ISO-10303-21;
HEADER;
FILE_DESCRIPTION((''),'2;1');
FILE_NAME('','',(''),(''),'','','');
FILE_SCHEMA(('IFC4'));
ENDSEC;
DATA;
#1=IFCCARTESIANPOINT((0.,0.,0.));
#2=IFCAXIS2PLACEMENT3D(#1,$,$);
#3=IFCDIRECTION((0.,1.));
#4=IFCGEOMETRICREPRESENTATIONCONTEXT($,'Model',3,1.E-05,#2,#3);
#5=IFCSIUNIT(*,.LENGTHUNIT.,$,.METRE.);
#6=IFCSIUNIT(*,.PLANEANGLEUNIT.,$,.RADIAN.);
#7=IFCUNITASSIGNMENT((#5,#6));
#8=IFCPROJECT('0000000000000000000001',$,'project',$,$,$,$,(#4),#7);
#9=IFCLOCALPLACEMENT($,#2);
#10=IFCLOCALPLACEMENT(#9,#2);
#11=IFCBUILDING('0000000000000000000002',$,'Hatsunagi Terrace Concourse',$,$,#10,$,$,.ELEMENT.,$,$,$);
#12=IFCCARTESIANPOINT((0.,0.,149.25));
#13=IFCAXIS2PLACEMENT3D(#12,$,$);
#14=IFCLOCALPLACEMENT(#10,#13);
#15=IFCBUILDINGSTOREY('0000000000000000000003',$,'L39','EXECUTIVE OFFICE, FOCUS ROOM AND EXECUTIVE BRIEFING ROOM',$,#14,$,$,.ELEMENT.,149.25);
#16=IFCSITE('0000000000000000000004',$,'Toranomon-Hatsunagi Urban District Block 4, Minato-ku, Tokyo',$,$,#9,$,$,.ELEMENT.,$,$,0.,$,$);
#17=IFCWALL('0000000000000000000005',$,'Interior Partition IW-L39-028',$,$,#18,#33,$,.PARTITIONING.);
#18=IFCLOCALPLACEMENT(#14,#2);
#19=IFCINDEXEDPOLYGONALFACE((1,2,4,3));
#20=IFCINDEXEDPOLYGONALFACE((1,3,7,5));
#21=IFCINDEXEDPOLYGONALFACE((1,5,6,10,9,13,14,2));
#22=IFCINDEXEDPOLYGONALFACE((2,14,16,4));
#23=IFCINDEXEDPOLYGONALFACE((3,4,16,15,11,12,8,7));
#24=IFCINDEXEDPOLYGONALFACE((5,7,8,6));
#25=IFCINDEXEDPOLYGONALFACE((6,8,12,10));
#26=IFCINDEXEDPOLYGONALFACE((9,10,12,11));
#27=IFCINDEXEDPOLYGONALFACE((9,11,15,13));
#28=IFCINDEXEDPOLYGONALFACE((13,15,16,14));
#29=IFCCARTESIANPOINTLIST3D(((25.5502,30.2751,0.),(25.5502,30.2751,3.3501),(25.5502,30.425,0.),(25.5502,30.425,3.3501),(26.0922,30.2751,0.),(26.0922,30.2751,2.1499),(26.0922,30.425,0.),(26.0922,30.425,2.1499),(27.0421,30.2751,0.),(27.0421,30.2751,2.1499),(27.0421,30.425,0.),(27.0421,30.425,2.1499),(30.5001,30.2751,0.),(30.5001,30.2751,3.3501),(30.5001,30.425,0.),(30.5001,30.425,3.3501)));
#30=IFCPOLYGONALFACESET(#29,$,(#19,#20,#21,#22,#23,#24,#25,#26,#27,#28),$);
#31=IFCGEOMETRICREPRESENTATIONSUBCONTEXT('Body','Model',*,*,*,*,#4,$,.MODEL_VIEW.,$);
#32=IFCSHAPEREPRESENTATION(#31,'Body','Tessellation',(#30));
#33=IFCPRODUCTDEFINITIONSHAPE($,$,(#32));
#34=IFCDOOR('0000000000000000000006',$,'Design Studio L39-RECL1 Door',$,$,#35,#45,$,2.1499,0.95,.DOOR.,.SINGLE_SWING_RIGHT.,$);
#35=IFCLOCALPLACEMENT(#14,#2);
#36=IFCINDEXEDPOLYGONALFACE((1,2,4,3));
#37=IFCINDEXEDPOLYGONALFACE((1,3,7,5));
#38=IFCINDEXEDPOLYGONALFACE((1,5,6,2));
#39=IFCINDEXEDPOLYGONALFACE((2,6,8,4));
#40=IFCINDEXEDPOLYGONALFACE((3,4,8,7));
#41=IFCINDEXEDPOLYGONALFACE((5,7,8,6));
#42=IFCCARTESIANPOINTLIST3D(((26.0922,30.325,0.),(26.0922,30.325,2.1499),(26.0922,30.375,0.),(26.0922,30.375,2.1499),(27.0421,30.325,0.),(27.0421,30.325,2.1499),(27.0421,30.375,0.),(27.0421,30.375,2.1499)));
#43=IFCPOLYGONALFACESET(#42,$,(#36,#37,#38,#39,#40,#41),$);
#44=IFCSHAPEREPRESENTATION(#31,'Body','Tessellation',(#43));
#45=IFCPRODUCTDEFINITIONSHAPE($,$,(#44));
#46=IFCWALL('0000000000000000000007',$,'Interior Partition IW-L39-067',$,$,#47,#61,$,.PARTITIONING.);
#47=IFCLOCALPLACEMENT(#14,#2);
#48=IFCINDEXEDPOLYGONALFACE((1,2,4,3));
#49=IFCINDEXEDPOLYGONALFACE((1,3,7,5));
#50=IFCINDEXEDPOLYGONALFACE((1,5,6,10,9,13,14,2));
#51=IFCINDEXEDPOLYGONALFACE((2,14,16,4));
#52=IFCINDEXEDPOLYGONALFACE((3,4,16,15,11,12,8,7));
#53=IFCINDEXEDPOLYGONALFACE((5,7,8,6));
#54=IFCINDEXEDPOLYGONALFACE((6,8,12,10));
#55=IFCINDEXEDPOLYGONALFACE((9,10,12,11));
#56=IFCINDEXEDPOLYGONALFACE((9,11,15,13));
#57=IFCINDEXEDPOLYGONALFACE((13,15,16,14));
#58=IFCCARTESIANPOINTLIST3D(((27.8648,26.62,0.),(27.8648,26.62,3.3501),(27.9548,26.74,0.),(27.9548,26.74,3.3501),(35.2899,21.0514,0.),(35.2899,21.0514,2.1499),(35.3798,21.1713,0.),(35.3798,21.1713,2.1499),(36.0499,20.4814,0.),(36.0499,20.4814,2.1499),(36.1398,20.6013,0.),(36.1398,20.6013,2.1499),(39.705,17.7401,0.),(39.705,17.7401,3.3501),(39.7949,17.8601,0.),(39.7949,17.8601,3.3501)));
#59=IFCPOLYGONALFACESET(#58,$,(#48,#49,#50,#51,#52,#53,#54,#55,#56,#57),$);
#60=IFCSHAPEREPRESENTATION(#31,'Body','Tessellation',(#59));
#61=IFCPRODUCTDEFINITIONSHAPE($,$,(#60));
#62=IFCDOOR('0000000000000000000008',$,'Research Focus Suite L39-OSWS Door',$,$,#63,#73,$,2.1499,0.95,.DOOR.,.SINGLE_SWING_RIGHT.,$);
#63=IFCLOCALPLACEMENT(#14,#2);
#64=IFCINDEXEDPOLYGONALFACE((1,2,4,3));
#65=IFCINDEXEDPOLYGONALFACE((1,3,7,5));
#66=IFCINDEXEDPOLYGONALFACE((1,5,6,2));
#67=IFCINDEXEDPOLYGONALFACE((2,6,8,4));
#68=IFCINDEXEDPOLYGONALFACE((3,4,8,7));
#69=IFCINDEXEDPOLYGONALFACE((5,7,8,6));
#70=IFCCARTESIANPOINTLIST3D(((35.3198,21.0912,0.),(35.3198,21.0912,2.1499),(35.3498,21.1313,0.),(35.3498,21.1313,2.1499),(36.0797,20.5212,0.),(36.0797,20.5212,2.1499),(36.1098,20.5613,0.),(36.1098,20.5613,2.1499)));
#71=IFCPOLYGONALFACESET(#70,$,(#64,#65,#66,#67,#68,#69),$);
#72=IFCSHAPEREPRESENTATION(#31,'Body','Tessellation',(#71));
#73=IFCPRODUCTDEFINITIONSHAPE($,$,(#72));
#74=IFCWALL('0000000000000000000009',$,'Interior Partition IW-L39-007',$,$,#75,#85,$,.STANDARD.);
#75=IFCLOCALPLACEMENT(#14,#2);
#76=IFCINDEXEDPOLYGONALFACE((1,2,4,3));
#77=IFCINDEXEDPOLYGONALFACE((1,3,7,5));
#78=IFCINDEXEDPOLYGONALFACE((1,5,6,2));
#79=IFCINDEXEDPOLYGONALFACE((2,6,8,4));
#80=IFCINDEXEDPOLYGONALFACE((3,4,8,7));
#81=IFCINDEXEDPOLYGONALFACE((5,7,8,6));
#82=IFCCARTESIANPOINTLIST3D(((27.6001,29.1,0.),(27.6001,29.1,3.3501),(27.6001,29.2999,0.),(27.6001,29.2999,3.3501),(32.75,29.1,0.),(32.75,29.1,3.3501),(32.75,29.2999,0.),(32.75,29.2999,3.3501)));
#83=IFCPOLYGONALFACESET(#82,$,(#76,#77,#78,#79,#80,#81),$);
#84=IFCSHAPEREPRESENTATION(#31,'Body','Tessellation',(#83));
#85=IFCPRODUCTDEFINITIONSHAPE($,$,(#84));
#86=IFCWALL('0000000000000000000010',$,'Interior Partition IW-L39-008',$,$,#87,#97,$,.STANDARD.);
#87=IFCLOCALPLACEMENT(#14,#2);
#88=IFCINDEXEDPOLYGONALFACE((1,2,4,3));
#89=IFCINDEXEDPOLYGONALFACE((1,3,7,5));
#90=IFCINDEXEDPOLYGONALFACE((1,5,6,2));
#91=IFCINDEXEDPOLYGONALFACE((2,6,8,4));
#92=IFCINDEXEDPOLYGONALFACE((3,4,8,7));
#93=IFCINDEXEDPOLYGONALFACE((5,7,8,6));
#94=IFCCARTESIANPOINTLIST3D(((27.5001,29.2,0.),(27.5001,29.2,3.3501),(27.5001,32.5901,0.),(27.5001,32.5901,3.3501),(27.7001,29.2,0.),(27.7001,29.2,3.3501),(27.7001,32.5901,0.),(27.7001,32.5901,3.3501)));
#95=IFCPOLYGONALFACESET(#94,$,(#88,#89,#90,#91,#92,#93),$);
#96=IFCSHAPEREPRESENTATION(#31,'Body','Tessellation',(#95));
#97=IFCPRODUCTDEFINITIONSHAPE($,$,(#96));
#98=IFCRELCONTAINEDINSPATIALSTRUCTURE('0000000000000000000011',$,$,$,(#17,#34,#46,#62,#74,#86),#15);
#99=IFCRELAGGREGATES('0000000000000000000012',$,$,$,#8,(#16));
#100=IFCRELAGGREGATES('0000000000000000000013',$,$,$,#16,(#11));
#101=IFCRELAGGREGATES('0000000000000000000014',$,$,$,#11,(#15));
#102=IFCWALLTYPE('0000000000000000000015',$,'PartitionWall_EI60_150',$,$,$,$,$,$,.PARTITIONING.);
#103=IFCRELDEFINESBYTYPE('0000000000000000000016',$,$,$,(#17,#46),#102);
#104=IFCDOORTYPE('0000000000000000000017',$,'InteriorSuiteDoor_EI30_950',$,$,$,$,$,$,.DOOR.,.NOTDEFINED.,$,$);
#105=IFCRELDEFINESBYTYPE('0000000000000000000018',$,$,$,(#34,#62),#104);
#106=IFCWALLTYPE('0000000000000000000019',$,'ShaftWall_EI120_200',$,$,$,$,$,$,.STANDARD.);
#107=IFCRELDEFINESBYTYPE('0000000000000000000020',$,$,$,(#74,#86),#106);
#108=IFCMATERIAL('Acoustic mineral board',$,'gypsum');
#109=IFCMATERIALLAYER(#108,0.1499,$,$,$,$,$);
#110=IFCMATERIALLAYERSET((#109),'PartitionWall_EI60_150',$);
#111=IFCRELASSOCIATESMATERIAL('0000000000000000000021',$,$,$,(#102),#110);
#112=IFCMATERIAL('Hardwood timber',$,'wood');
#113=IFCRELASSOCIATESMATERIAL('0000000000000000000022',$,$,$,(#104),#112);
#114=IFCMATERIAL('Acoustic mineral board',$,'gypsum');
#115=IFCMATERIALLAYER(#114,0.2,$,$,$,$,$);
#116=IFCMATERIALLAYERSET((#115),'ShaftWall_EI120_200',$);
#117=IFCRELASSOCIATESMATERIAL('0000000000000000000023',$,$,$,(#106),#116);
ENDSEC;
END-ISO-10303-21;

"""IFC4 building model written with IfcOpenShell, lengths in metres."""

from ifc_helpers import new_model, si_unit, direction, frame, frame_2d, origin, place, context, subcontext, project, spatial, rectangle, extrude, material, layer, layer_set, type_object, element, fill, save


model = new_model("IFC4")

# Units and contexts
model_context = context("Model", 3, precision=1e-05, world=origin(), true_north=direction((0.0, 1.0)))
body_context = subcontext(model_context, "Body", "Model", "MODEL_VIEW")
ifc_project = project(units=[si_unit("LENGTHUNIT", "METRE"), si_unit("PLANEANGLEUNIT", "RADIAN")], contexts=[model_context])

# Site, building, storey
site_placement = place(None, origin())
site = spatial("IfcSite", under=ifc_project, at=site_placement, Name="Toranomon-Hatsunagi Urban District Block 4, Minato-ku, Tokyo", CompositionType="ELEMENT", RefElevation=0.0)
building_placement = place(site_placement, origin())
building = spatial("IfcBuilding", under=site, at=building_placement, Name="Hatsunagi Terrace Concourse", CompositionType="ELEMENT")
storey_placement = place(building_placement, frame((0.0, 0.0, 149.25)))
storey = spatial("IfcBuildingStorey", under=building, at=storey_placement, Name="L39", Description="EXECUTIVE OFFICE, FOCUS ROOM AND EXECUTIVE BRIEFING ROOM", CompositionType="ELEMENT", Elevation=149.25)

# Walls, openings, doors
ifc_material_1 = material(Name="Acoustic mineral board", Category="gypsum")
ifc_layer_1 = layer(ifc_material_1, 0.1499)
ifc_layer_set_1 = layer_set([ifc_layer_1], Name="PartitionWall_EI60_150")
wall_type_1 = type_object("IfcWallType", Name="PartitionWall_EI60_150", PredefinedType="PARTITIONING", material=ifc_layer_set_1)
wall_1_placement = place(storey_placement, frame((25.55, 30.3501, 0.0), z_axis=(0.0, 0.0, 1.0), x_axis=(1.0, 0.0, 0.0)))
wall_1 = element("IfcWall", 1, at=wall_1_placement, inside=storey, type_object=wall_type_1, Name="Interior Partition IW-L39-028", PredefinedType="PARTITIONING", context=body_context, shape_type="SweptSolid", body=[
    extrude(rectangle(XDim=4.95, YDim=0.1499, at=frame_2d((2.4751, 0.0))), origin(), (0.0, 0.0, 1.0), 3.3501),
])
opening_1_placement = place(wall_1_placement, frame((0.542, 0.0, 0.0)))
opening_1 = element("IfcOpeningElement", 2, at=opening_1_placement, cuts=wall_1, PredefinedType="OPENING", context=body_context, shape_type="SweptSolid", body=[
    extrude(rectangle(XDim=0.95, YDim=2.1499, at=frame_2d((0.4751, 1.075))), frame((0.0, 0.085, 0.0), z_axis=(0.0, -1.0, 0.0), x_axis=(1.0, 0.0, 0.0)), (0.0, 0.0, 1.0), 0.1699),
])
ifc_material_2 = material(Name="Hardwood timber", Category="wood")
door_type_1 = type_object("IfcDoorType", Name="InteriorSuiteDoor_EI30_950", OperationType="NOTDEFINED", PredefinedType="DOOR", material=ifc_material_2)
door_1_placement = place(opening_1_placement, origin())
door_1 = element("IfcDoor", 3, at=door_1_placement, inside=storey, type_object=door_type_1, Name="Design Studio L39-RECL1 Door", OperationType="SINGLE_SWING_RIGHT", OverallHeight=2.1499, OverallWidth=0.95, PredefinedType="DOOR", context=body_context, shape_type="SweptSolid", body=[
    extrude(rectangle(XDim=0.95, YDim=2.1499, at=frame_2d((0.4751, 1.075))), frame((0.0, 0.0249, 0.0), z_axis=(0.0, -1.0, 0.0), x_axis=(1.0, 0.0, 0.0)), (0.0, 0.0, 1.0), 0.05),
])
fill(opening_1, door_1)
wall_2_placement = place(storey_placement, frame((27.9099, 26.6799, 0.0), z_axis=(0.0, 0.0, 1.0), x_axis=(0.800006, -0.599992, 0.0)))
wall_2 = element("IfcWall", 4, at=wall_2_placement, inside=storey, type_object=wall_type_1, Name="Interior Partition IW-L39-067", PredefinedType="PARTITIONING", context=body_context, shape_type="SweptSolid", body=[
    extrude(rectangle(XDim=14.8, YDim=0.1499, at=frame_2d((7.3999, 0.0))), origin(), (0.0, 0.0, 1.0), 3.3501),
])
opening_2_placement = place(wall_2_placement, frame((9.281, 0.0, 0.0)))
opening_2 = element("IfcOpeningElement", 5, at=opening_2_placement, cuts=wall_2, PredefinedType="OPENING", context=body_context, shape_type="SweptSolid", body=[
    extrude(rectangle(XDim=0.95, YDim=2.1499, at=frame_2d((0.4751, 1.075))), frame((0.0, 0.085, 0.0), z_axis=(0.0, -1.0, 0.0), x_axis=(1.0, 0.0, 0.0)), (0.0, 0.0, 1.0), 0.1699),
])
door_2_placement = place(opening_2_placement, origin())
door_2 = element("IfcDoor", 6, at=door_2_placement, inside=storey, type_object=door_type_1, Name="Research Focus Suite L39-OSWS Door", OperationType="SINGLE_SWING_RIGHT", OverallHeight=2.1499, OverallWidth=0.95, PredefinedType="DOOR", context=body_context, shape_type="SweptSolid", body=[
    extrude(rectangle(XDim=0.95, YDim=2.1499, at=frame_2d((0.4751, 1.075))), frame((0.0, 0.0249, 0.0), z_axis=(0.0, -1.0, 0.0), x_axis=(1.0, 0.0, 0.0)), (0.0, 0.0, 1.0), 0.05),
])
fill(opening_2, door_2)

# Walls
ifc_material_3 = material(Name="Acoustic mineral board", Category="gypsum")
ifc_layer_2 = layer(ifc_material_3, 0.2)
ifc_layer_set_2 = layer_set([ifc_layer_2], Name="ShaftWall_EI120_200")
wall_type_2 = type_object("IfcWallType", Name="ShaftWall_EI120_200", PredefinedType="STANDARD", material=ifc_layer_set_2)
wall_3_placement = place(storey_placement, frame((27.6001, 29.2, 0.0), z_axis=(0.0, 0.0, 1.0), x_axis=(1.0, 0.0, 0.0)))
element("IfcWall", 7, at=wall_3_placement, inside=storey, type_object=wall_type_2, Name="Interior Partition IW-L39-007", PredefinedType="STANDARD", context=body_context, shape_type="SweptSolid", body=[
    extrude(rectangle(XDim=5.1499, YDim=0.2, at=frame_2d((2.575, 0.0))), origin(), (0.0, 0.0, 1.0), 3.3501),
])
wall_4_placement = place(storey_placement, frame((27.6001, 29.2, 0.0), z_axis=(0.0, 0.0, 1.0), x_axis=(0.0, 1.0, 0.0)))
element("IfcWall", 8, at=wall_4_placement, inside=storey, type_object=wall_type_2, Name="Interior Partition IW-L39-008", PredefinedType="STANDARD", context=body_context, shape_type="SweptSolid", body=[
    extrude(rectangle(XDim=3.3901, YDim=0.2, at=frame_2d((1.6951, 0.0))), origin(), (0.0, 0.0, 1.0), 3.3501),
])

save(model, "model.ifc")
